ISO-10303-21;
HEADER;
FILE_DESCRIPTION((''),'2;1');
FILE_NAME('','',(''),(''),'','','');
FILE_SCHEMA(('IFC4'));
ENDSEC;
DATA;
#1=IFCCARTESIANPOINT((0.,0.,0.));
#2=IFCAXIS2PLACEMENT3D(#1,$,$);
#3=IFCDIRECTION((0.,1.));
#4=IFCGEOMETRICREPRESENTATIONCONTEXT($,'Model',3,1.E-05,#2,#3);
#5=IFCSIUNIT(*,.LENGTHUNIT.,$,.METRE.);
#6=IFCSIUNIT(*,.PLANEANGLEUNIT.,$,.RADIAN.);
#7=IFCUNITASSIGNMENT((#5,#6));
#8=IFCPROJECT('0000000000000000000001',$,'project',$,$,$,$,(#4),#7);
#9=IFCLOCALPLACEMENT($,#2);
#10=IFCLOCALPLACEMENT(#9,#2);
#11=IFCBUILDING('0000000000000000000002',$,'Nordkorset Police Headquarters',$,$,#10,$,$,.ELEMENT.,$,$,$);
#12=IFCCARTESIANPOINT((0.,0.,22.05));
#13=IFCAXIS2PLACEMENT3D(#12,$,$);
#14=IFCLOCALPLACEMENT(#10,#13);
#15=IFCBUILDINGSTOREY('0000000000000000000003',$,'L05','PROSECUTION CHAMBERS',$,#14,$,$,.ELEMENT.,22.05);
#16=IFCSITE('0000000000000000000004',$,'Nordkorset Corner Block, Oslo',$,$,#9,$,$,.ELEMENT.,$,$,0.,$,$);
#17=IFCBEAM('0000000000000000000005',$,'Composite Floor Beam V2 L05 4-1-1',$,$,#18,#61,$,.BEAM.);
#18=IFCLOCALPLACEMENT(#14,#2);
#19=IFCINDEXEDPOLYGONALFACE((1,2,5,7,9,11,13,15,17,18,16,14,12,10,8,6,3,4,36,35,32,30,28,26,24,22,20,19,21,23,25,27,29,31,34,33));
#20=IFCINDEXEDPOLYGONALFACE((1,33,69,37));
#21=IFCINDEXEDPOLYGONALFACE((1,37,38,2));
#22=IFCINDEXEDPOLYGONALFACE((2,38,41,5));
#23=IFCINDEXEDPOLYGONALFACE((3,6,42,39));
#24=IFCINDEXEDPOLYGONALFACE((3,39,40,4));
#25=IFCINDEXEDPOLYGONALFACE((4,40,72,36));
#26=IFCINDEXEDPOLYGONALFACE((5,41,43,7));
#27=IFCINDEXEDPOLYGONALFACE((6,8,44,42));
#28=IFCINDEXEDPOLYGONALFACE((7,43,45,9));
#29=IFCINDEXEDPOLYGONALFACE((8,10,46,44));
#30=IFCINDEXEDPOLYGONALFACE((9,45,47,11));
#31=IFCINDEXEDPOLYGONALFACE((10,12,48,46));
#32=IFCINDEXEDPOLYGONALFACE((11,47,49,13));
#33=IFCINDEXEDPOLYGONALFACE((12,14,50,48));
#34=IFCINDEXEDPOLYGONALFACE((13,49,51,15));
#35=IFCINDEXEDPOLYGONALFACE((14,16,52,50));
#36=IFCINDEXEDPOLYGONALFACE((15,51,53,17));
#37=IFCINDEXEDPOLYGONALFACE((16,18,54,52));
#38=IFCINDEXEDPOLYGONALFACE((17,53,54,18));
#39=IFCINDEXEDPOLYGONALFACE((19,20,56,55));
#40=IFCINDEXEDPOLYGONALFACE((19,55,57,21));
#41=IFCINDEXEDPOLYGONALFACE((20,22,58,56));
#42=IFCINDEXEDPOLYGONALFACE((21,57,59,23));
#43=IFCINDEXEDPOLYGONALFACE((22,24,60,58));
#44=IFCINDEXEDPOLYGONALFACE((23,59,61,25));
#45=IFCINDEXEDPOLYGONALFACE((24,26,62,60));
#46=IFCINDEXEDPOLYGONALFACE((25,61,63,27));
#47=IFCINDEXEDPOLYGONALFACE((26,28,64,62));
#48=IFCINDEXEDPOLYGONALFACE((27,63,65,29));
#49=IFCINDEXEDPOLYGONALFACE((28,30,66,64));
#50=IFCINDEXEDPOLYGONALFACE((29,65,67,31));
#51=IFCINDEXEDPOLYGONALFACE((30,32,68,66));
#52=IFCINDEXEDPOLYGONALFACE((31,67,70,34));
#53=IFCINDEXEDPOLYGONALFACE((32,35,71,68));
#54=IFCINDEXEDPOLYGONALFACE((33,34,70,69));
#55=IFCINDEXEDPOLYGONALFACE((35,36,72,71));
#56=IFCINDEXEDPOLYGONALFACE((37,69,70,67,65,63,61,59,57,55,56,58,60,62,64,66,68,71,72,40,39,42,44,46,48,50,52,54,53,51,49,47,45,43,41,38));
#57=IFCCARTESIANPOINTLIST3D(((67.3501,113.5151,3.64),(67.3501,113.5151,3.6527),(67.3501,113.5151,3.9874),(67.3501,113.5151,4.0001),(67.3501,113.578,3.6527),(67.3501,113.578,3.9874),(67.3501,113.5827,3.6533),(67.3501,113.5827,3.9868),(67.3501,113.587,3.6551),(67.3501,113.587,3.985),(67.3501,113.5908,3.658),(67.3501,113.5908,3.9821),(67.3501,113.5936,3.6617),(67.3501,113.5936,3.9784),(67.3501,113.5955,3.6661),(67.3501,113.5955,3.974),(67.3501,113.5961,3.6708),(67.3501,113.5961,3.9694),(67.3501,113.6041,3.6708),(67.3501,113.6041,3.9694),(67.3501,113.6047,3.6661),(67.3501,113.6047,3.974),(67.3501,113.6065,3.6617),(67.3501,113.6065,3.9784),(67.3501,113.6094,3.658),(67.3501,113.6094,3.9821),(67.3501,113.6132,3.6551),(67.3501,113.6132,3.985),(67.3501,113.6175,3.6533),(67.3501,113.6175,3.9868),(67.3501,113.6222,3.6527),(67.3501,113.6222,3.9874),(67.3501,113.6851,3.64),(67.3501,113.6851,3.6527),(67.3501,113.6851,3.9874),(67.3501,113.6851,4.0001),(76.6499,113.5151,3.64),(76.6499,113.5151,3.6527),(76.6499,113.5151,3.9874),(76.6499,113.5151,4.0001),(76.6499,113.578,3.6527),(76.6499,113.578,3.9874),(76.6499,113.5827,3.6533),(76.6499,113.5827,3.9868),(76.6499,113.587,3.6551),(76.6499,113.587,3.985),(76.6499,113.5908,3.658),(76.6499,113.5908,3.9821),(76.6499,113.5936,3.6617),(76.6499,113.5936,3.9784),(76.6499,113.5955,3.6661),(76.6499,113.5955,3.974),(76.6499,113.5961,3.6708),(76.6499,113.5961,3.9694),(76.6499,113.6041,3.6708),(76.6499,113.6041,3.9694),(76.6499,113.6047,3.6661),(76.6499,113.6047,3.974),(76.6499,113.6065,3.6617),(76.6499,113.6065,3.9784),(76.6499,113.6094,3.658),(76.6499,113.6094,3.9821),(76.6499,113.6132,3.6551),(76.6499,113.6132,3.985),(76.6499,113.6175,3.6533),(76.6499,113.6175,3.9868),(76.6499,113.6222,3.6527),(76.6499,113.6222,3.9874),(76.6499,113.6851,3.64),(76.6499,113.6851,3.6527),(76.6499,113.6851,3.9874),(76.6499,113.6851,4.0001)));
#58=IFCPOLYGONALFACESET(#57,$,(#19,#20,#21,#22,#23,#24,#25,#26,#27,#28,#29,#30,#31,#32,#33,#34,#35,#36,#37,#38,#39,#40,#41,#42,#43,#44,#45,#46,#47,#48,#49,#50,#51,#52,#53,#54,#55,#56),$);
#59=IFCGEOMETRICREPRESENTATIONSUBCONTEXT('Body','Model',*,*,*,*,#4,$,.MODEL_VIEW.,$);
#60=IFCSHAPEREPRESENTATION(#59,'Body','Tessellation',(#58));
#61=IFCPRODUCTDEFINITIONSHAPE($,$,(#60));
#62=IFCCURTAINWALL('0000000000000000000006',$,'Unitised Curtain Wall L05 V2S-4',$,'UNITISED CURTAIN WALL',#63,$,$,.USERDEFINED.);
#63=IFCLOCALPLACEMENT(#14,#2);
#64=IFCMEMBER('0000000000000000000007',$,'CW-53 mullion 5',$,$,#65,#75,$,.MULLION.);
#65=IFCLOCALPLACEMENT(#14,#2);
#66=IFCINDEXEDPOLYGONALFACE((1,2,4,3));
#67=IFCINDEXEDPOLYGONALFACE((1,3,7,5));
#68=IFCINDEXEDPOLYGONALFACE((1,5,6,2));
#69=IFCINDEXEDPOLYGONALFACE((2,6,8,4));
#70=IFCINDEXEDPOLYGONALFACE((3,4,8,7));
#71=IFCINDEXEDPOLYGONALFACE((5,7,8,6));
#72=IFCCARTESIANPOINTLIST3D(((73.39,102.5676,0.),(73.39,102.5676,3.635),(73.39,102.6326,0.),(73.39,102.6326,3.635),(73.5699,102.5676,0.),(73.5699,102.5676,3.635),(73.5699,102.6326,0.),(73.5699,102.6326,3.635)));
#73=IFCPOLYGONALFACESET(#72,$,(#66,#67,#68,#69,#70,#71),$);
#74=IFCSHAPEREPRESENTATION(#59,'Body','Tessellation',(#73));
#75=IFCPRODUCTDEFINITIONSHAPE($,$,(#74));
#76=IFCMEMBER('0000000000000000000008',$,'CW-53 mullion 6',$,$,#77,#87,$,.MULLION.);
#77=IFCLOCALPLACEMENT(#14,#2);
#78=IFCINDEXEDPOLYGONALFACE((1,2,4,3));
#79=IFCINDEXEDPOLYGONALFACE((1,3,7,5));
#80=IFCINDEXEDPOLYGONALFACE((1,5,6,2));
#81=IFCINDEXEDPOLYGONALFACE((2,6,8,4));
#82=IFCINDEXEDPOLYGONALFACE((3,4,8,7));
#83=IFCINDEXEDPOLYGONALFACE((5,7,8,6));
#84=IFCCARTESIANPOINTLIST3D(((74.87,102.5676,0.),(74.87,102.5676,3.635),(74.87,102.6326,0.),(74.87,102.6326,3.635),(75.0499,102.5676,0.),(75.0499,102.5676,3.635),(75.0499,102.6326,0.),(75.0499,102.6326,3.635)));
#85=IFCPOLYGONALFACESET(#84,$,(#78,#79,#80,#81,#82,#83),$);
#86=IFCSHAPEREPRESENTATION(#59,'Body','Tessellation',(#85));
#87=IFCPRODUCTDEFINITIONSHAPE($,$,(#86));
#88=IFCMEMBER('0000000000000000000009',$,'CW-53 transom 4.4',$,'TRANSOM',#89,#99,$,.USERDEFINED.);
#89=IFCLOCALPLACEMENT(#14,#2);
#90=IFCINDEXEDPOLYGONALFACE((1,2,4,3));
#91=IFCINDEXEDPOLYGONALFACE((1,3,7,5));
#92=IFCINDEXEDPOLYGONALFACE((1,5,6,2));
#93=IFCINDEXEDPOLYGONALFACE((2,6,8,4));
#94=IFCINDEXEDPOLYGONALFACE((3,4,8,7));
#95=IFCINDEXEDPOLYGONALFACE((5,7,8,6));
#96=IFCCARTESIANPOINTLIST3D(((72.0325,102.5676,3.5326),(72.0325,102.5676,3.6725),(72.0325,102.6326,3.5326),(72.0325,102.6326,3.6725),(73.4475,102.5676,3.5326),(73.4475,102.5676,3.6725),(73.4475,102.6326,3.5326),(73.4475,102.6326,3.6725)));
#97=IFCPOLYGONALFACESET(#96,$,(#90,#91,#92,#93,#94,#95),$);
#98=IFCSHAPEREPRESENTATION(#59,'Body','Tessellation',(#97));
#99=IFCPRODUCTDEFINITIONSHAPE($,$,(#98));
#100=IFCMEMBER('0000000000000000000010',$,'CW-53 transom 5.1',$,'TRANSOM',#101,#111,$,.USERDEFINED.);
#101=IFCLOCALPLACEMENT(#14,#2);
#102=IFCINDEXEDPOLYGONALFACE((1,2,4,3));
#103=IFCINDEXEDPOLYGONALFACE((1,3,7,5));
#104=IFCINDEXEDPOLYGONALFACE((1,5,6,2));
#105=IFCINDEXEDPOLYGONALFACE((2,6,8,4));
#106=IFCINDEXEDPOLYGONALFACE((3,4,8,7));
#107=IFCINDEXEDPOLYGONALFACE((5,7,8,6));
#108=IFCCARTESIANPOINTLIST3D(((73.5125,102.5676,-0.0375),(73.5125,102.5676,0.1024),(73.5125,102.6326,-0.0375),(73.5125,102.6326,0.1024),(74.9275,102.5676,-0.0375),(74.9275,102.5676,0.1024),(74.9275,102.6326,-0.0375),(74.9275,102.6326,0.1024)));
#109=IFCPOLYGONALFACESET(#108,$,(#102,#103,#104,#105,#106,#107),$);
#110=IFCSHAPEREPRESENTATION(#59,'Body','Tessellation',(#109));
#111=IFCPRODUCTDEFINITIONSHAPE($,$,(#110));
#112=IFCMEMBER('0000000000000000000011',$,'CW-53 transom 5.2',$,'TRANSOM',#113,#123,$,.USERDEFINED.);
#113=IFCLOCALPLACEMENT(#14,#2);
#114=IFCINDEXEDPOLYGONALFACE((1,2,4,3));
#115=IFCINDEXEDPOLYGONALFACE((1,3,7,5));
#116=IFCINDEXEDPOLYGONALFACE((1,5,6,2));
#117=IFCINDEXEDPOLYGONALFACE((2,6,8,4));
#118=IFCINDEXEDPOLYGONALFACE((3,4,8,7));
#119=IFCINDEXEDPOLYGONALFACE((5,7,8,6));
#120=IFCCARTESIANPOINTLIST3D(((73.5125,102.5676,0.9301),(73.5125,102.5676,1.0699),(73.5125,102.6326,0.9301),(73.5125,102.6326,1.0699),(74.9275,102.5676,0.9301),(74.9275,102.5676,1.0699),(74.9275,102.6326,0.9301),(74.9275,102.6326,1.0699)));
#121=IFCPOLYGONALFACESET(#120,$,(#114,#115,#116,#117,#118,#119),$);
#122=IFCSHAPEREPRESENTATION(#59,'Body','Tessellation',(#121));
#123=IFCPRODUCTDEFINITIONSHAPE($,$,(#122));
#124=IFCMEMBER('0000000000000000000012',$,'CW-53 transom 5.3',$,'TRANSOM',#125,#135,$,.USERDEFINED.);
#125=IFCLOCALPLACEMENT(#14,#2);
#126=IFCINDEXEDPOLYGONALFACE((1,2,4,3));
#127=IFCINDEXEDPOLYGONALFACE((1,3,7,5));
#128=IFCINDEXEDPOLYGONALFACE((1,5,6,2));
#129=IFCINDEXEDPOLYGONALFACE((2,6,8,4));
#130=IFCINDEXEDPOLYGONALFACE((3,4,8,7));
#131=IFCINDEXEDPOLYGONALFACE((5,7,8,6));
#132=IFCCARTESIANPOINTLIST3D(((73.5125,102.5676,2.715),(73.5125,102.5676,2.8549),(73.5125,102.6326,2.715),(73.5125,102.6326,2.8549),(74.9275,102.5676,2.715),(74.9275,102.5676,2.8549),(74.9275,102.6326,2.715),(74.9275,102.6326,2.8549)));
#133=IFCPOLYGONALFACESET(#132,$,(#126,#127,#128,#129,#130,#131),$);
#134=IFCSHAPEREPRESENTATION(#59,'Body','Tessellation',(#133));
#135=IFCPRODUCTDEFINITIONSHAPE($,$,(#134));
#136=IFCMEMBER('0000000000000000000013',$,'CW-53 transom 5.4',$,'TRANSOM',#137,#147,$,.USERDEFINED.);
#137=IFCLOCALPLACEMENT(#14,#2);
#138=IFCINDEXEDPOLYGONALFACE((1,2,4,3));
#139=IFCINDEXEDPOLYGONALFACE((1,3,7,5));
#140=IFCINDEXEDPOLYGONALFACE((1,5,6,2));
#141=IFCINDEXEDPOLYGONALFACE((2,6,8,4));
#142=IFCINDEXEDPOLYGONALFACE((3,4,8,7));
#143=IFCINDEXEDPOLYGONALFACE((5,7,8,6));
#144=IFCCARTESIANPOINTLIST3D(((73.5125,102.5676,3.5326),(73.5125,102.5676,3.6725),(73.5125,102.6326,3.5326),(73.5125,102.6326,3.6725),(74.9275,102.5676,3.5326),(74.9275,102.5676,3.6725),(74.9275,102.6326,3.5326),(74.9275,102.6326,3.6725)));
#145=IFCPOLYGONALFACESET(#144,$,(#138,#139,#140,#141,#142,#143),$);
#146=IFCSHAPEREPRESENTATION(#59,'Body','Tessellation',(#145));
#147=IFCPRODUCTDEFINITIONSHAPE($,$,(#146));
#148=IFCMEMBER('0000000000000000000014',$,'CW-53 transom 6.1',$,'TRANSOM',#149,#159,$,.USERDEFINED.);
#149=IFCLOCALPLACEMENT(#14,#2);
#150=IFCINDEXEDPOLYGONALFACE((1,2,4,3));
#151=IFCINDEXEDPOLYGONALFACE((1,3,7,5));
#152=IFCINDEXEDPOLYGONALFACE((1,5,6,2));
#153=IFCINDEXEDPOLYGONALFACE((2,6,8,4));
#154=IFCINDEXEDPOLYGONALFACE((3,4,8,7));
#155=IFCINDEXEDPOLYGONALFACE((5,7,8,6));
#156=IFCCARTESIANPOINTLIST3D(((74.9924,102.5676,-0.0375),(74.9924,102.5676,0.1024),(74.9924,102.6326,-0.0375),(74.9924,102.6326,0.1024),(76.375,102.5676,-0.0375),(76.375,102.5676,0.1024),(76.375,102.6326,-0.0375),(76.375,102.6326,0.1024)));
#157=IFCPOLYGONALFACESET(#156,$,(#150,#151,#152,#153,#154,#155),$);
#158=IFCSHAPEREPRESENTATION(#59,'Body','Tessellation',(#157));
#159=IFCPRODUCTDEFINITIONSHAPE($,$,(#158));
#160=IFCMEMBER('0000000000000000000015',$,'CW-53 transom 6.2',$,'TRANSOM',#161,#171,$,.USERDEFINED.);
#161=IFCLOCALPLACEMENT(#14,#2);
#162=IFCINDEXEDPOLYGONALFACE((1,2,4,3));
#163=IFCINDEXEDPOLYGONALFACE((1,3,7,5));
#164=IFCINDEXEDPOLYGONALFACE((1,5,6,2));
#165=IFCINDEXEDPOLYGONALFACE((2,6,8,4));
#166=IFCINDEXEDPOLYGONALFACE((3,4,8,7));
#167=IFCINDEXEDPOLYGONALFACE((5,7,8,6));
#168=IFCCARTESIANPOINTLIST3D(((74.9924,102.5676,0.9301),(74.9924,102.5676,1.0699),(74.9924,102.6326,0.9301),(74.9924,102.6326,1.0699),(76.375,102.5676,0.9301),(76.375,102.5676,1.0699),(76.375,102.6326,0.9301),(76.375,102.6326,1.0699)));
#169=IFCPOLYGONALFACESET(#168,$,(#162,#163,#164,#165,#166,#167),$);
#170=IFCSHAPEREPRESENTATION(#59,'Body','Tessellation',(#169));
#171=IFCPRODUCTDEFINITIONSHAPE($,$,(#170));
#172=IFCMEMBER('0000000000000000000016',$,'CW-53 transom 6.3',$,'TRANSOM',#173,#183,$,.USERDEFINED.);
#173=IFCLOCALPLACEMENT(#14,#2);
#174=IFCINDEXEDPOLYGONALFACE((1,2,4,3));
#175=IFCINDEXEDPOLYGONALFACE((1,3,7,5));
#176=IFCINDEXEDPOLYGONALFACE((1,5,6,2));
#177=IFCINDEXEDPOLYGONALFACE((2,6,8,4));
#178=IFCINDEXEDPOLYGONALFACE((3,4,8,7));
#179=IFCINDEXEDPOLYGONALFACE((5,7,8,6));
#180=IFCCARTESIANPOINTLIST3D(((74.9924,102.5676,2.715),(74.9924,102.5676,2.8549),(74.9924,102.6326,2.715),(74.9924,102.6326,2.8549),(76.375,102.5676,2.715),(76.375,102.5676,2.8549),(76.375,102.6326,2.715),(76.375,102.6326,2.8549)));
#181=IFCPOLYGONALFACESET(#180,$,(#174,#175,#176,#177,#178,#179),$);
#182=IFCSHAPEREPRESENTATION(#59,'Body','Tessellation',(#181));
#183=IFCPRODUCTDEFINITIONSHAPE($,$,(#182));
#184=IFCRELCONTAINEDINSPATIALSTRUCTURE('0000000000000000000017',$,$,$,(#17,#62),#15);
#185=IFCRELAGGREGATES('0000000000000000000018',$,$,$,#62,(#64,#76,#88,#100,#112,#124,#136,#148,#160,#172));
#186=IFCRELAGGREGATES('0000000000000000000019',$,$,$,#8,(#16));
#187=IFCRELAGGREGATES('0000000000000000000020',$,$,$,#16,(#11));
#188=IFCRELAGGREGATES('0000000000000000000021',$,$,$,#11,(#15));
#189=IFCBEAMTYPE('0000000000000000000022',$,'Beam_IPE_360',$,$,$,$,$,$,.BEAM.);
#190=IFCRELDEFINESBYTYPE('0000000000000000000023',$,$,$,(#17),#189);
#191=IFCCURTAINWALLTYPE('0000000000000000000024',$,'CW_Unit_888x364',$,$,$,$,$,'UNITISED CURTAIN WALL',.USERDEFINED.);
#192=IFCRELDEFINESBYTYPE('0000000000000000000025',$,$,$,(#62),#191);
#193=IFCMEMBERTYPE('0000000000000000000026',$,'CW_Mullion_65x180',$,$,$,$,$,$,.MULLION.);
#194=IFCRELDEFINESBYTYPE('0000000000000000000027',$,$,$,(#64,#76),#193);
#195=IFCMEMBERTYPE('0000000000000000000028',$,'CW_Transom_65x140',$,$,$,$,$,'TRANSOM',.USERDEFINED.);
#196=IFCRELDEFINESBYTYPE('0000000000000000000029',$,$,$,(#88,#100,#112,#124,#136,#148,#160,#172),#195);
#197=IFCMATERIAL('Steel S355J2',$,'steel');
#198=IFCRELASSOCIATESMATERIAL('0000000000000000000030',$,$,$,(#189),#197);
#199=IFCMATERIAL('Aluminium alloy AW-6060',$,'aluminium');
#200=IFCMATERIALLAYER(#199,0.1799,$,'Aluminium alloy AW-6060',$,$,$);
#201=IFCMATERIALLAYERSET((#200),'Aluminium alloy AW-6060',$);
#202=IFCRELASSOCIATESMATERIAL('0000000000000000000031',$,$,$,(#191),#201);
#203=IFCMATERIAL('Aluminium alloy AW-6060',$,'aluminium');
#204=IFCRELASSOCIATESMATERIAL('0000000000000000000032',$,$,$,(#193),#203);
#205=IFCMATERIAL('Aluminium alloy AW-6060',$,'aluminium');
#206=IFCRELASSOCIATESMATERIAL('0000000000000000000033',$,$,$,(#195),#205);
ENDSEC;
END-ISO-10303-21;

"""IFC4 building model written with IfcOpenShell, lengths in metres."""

from ifc_helpers import new_model, si_unit, direction, frame, origin, origin_2d, place, context, subcontext, project, spatial, rectangle, i_section, extrude, material, layer, layer_set, material_profile, profile_set, type_object, element, aggregate, save


model = new_model("IFC4")

# Units and contexts
model_context = context("Model", 3, precision=1e-05, world=origin(), true_north=direction((0.0, 1.0)))
body_context = subcontext(model_context, "Body", "Model", "MODEL_VIEW")
ifc_project = project(units=[si_unit("LENGTHUNIT", "METRE"), si_unit("PLANEANGLEUNIT", "RADIAN")], contexts=[model_context])

# Site, building, storey
site_placement = place(None, origin())
site = spatial("IfcSite", under=ifc_project, at=site_placement, Name="Nordkorset Corner Block, Oslo", CompositionType="ELEMENT", RefElevation=0.0)
building_placement = place(site_placement, origin())
building = spatial("IfcBuilding", under=site, at=building_placement, Name="Nordkorset Police Headquarters", CompositionType="ELEMENT")
storey_placement = place(building_placement, frame((0.0, 0.0, 22.05)))
storey = spatial("IfcBuildingStorey", under=building, at=storey_placement, Name="L05", Description="PROSECUTION CHAMBERS", CompositionType="ELEMENT", Elevation=22.05)

# Beam
ifc_material_1 = material(Name="Steel S355J2", Category="steel")
ifc_material_profile_1 = material_profile(ifc_material_1, i_section(OverallWidth=0.1699, OverallDepth=0.3601, WebThickness=0.0081, FlangeThickness=0.0127, FilletRadius=0.0181, at=origin_2d()), Name="IPE 360")
ifc_profile_set_1 = profile_set([ifc_material_profile_1], Name="Steel S355J2")
beam_type_1 = type_object("IfcBeamType", Name="Beam_IPE_360", PredefinedType="BEAM", material=ifc_profile_set_1)
for number, where, z_axis, x_axis, name in (
    (1, (67.3501, 113.6001, 3.8201), (1.0, 0.0, 0.0), (0.0, 1.0, 0.0), "Composite Floor Beam V2 L05 4-1-1"),
):
    element("IfcBeam", number, at=place(storey_placement, frame(where, z_axis=z_axis, x_axis=x_axis)), inside=storey, type_object=beam_type_1, Name=name, PredefinedType="BEAM", context=body_context, shape_type="SweptSolid", body=[
        extrude(i_section(OverallWidth=0.1699, OverallDepth=0.3601, WebThickness=0.0081, FlangeThickness=0.0127, FilletRadius=0.0181, at=origin_2d()), origin(), (0.0, 0.0, 1.0), 9.2998),
    ])

# Curtain wall, members
ifc_material_2 = material(Name="Aluminium alloy AW-6060", Category="aluminium")
ifc_layer_1 = layer(ifc_material_2, 0.1799, Name="Aluminium alloy AW-6060")
ifc_layer_set_1 = layer_set([ifc_layer_1], Name="Aluminium alloy AW-6060")
curtain_wall_type = type_object("IfcCurtainWallType", Name="CW_Unit_888x364", ElementType="UNITISED CURTAIN WALL", PredefinedType="USERDEFINED", material=ifc_layer_set_1)
curtain_wall_placement = place(storey_placement, origin())
curtain_wall = element("IfcCurtainWall", 2, at=curtain_wall_placement, inside=storey, type_object=curtain_wall_type, Name="Unitised Curtain Wall L05 V2S-4", ObjectType="UNITISED CURTAIN WALL", PredefinedType="USERDEFINED")
ifc_material_3 = material(Name="Aluminium alloy AW-6060", Category="aluminium")
ifc_material_profile_2 = material_profile(ifc_material_3, rectangle(XDim=0.0649, YDim=0.1799, at=origin_2d()), Name="ALU MULL 65x180")
ifc_profile_set_2 = profile_set([ifc_material_profile_2], Name="Aluminium alloy AW-6060")
member_type_1 = type_object("IfcMemberType", Name="CW_Mullion_65x180", PredefinedType="MULLION", material=ifc_profile_set_2)
member_1_placement = place(storey_placement, frame((73.48, 102.6001, 0.0), z_axis=(0.0, 0.0, 1.0), x_axis=(0.0, 1.0, 0.0)))
member_1 = element("IfcMember", 3, at=member_1_placement, type_object=member_type_1, Name="CW-53 mullion 5", PredefinedType="MULLION", context=body_context, shape_type="SweptSolid", body=[
    extrude(rectangle(XDim=0.0649, YDim=0.1799, at=origin_2d()), origin(), (0.0, 0.0, 1.0), 3.635),
])
member_2_placement = place(storey_placement, frame((74.96, 102.6001, 0.0), z_axis=(0.0, 0.0, 1.0), x_axis=(0.0, 1.0, 0.0)))
member_2 = element("IfcMember", 4, at=member_2_placement, type_object=member_type_1, Name="CW-53 mullion 6", PredefinedType="MULLION", context=body_context, shape_type="SweptSolid", body=[
    extrude(rectangle(XDim=0.0649, YDim=0.1799, at=origin_2d()), origin(), (0.0, 0.0, 1.0), 3.635),
])
ifc_material_4 = material(Name="Aluminium alloy AW-6060", Category="aluminium")
ifc_material_profile_3 = material_profile(ifc_material_4, rectangle(XDim=0.0649, YDim=0.1399, at=origin_2d()), Name="ALU TRAN 65x140")
ifc_profile_set_3 = profile_set([ifc_material_profile_3], Name="Aluminium alloy AW-6060")
member_type_2 = type_object("IfcMemberType", Name="CW_Transom_65x140", ElementType="TRANSOM", PredefinedType="USERDEFINED", material=ifc_profile_set_3)
member_3_placement = place(storey_placement, frame((72.0325, 102.6001, 3.6025), z_axis=(1.0, 0.0, 0.0), x_axis=(0.0, 1.0, 0.0)))
member_3 = element("IfcMember", 5, at=member_3_placement, type_object=member_type_2, Name="CW-53 transom 4.4", ObjectType="TRANSOM", PredefinedType="USERDEFINED", context=body_context, shape_type="SweptSolid", body=[
    extrude(rectangle(XDim=0.0649, YDim=0.1399, at=origin_2d()), origin(), (0.0, 0.0, 1.0), 1.415),
])
member_4_placement = place(storey_placement, frame((73.5125, 102.6001, 0.0325), z_axis=(1.0, 0.0, 0.0), x_axis=(0.0, 1.0, 0.0)))
member_4 = element("IfcMember", 6, at=member_4_placement, type_object=member_type_2, Name="CW-53 transom 5.1", ObjectType="TRANSOM", PredefinedType="USERDEFINED", context=body_context, shape_type="SweptSolid", body=[
    extrude(rectangle(XDim=0.0649, YDim=0.1399, at=origin_2d()), origin(), (0.0, 0.0, 1.0), 1.415),
])
member_5_placement = place(storey_placement, frame((73.5125, 102.6001, 1.0), z_axis=(1.0, 0.0, 0.0), x_axis=(0.0, 1.0, 0.0)))
member_5 = element("IfcMember", 7, at=member_5_placement, type_object=member_type_2, Name="CW-53 transom 5.2", ObjectType="TRANSOM", PredefinedType="USERDEFINED", context=body_context, shape_type="SweptSolid", body=[
    extrude(rectangle(XDim=0.0649, YDim=0.1399, at=origin_2d()), origin(), (0.0, 0.0, 1.0), 1.415),
])
member_6_placement = place(storey_placement, frame((73.5125, 102.6001, 2.7849), z_axis=(1.0, 0.0, 0.0), x_axis=(0.0, 1.0, 0.0)))
member_6 = element("IfcMember", 8, at=member_6_placement, type_object=member_type_2, Name="CW-53 transom 5.3", ObjectType="TRANSOM", PredefinedType="USERDEFINED", context=body_context, shape_type="SweptSolid", body=[
    extrude(rectangle(XDim=0.0649, YDim=0.1399, at=origin_2d()), origin(), (0.0, 0.0, 1.0), 1.415),
])
member_7_placement = place(storey_placement, frame((73.5125, 102.6001, 3.6025), z_axis=(1.0, 0.0, 0.0), x_axis=(0.0, 1.0, 0.0)))
member_7 = element("IfcMember", 9, at=member_7_placement, type_object=member_type_2, Name="CW-53 transom 5.4", ObjectType="TRANSOM", PredefinedType="USERDEFINED", context=body_context, shape_type="SweptSolid", body=[
    extrude(rectangle(XDim=0.0649, YDim=0.1399, at=origin_2d()), origin(), (0.0, 0.0, 1.0), 1.415),
])
member_8_placement = place(storey_placement, frame((74.9924, 102.6001, 0.0325), z_axis=(1.0, 0.0, 0.0), x_axis=(0.0, 1.0, 0.0)))
member_8 = element("IfcMember", 10, at=member_8_placement, type_object=member_type_2, Name="CW-53 transom 6.1", ObjectType="TRANSOM", PredefinedType="USERDEFINED", context=body_context, shape_type="SweptSolid", body=[
    extrude(rectangle(XDim=0.0649, YDim=0.1399, at=origin_2d()), origin(), (0.0, 0.0, 1.0), 1.3826),
])
member_9_placement = place(storey_placement, frame((74.9924, 102.6001, 1.0), z_axis=(1.0, 0.0, 0.0), x_axis=(0.0, 1.0, 0.0)))
member_9 = element("IfcMember", 11, at=member_9_placement, type_object=member_type_2, Name="CW-53 transom 6.2", ObjectType="TRANSOM", PredefinedType="USERDEFINED", context=body_context, shape_type="SweptSolid", body=[
    extrude(rectangle(XDim=0.0649, YDim=0.1399, at=origin_2d()), origin(), (0.0, 0.0, 1.0), 1.3826),
])
member_10_placement = place(storey_placement, frame((74.9924, 102.6001, 2.7849), z_axis=(1.0, 0.0, 0.0), x_axis=(0.0, 1.0, 0.0)))
member_10 = element("IfcMember", 12, at=member_10_placement, type_object=member_type_2, Name="CW-53 transom 6.3", ObjectType="TRANSOM", PredefinedType="USERDEFINED", context=body_context, shape_type="SweptSolid", body=[
    extrude(rectangle(XDim=0.0649, YDim=0.1399, at=origin_2d()), origin(), (0.0, 0.0, 1.0), 1.3826),
])

aggregate(curtain_wall, [member_1, member_2, member_3, member_4, member_5, member_6, member_7, member_8, member_9, member_10])

save(model, "model.ifc")
